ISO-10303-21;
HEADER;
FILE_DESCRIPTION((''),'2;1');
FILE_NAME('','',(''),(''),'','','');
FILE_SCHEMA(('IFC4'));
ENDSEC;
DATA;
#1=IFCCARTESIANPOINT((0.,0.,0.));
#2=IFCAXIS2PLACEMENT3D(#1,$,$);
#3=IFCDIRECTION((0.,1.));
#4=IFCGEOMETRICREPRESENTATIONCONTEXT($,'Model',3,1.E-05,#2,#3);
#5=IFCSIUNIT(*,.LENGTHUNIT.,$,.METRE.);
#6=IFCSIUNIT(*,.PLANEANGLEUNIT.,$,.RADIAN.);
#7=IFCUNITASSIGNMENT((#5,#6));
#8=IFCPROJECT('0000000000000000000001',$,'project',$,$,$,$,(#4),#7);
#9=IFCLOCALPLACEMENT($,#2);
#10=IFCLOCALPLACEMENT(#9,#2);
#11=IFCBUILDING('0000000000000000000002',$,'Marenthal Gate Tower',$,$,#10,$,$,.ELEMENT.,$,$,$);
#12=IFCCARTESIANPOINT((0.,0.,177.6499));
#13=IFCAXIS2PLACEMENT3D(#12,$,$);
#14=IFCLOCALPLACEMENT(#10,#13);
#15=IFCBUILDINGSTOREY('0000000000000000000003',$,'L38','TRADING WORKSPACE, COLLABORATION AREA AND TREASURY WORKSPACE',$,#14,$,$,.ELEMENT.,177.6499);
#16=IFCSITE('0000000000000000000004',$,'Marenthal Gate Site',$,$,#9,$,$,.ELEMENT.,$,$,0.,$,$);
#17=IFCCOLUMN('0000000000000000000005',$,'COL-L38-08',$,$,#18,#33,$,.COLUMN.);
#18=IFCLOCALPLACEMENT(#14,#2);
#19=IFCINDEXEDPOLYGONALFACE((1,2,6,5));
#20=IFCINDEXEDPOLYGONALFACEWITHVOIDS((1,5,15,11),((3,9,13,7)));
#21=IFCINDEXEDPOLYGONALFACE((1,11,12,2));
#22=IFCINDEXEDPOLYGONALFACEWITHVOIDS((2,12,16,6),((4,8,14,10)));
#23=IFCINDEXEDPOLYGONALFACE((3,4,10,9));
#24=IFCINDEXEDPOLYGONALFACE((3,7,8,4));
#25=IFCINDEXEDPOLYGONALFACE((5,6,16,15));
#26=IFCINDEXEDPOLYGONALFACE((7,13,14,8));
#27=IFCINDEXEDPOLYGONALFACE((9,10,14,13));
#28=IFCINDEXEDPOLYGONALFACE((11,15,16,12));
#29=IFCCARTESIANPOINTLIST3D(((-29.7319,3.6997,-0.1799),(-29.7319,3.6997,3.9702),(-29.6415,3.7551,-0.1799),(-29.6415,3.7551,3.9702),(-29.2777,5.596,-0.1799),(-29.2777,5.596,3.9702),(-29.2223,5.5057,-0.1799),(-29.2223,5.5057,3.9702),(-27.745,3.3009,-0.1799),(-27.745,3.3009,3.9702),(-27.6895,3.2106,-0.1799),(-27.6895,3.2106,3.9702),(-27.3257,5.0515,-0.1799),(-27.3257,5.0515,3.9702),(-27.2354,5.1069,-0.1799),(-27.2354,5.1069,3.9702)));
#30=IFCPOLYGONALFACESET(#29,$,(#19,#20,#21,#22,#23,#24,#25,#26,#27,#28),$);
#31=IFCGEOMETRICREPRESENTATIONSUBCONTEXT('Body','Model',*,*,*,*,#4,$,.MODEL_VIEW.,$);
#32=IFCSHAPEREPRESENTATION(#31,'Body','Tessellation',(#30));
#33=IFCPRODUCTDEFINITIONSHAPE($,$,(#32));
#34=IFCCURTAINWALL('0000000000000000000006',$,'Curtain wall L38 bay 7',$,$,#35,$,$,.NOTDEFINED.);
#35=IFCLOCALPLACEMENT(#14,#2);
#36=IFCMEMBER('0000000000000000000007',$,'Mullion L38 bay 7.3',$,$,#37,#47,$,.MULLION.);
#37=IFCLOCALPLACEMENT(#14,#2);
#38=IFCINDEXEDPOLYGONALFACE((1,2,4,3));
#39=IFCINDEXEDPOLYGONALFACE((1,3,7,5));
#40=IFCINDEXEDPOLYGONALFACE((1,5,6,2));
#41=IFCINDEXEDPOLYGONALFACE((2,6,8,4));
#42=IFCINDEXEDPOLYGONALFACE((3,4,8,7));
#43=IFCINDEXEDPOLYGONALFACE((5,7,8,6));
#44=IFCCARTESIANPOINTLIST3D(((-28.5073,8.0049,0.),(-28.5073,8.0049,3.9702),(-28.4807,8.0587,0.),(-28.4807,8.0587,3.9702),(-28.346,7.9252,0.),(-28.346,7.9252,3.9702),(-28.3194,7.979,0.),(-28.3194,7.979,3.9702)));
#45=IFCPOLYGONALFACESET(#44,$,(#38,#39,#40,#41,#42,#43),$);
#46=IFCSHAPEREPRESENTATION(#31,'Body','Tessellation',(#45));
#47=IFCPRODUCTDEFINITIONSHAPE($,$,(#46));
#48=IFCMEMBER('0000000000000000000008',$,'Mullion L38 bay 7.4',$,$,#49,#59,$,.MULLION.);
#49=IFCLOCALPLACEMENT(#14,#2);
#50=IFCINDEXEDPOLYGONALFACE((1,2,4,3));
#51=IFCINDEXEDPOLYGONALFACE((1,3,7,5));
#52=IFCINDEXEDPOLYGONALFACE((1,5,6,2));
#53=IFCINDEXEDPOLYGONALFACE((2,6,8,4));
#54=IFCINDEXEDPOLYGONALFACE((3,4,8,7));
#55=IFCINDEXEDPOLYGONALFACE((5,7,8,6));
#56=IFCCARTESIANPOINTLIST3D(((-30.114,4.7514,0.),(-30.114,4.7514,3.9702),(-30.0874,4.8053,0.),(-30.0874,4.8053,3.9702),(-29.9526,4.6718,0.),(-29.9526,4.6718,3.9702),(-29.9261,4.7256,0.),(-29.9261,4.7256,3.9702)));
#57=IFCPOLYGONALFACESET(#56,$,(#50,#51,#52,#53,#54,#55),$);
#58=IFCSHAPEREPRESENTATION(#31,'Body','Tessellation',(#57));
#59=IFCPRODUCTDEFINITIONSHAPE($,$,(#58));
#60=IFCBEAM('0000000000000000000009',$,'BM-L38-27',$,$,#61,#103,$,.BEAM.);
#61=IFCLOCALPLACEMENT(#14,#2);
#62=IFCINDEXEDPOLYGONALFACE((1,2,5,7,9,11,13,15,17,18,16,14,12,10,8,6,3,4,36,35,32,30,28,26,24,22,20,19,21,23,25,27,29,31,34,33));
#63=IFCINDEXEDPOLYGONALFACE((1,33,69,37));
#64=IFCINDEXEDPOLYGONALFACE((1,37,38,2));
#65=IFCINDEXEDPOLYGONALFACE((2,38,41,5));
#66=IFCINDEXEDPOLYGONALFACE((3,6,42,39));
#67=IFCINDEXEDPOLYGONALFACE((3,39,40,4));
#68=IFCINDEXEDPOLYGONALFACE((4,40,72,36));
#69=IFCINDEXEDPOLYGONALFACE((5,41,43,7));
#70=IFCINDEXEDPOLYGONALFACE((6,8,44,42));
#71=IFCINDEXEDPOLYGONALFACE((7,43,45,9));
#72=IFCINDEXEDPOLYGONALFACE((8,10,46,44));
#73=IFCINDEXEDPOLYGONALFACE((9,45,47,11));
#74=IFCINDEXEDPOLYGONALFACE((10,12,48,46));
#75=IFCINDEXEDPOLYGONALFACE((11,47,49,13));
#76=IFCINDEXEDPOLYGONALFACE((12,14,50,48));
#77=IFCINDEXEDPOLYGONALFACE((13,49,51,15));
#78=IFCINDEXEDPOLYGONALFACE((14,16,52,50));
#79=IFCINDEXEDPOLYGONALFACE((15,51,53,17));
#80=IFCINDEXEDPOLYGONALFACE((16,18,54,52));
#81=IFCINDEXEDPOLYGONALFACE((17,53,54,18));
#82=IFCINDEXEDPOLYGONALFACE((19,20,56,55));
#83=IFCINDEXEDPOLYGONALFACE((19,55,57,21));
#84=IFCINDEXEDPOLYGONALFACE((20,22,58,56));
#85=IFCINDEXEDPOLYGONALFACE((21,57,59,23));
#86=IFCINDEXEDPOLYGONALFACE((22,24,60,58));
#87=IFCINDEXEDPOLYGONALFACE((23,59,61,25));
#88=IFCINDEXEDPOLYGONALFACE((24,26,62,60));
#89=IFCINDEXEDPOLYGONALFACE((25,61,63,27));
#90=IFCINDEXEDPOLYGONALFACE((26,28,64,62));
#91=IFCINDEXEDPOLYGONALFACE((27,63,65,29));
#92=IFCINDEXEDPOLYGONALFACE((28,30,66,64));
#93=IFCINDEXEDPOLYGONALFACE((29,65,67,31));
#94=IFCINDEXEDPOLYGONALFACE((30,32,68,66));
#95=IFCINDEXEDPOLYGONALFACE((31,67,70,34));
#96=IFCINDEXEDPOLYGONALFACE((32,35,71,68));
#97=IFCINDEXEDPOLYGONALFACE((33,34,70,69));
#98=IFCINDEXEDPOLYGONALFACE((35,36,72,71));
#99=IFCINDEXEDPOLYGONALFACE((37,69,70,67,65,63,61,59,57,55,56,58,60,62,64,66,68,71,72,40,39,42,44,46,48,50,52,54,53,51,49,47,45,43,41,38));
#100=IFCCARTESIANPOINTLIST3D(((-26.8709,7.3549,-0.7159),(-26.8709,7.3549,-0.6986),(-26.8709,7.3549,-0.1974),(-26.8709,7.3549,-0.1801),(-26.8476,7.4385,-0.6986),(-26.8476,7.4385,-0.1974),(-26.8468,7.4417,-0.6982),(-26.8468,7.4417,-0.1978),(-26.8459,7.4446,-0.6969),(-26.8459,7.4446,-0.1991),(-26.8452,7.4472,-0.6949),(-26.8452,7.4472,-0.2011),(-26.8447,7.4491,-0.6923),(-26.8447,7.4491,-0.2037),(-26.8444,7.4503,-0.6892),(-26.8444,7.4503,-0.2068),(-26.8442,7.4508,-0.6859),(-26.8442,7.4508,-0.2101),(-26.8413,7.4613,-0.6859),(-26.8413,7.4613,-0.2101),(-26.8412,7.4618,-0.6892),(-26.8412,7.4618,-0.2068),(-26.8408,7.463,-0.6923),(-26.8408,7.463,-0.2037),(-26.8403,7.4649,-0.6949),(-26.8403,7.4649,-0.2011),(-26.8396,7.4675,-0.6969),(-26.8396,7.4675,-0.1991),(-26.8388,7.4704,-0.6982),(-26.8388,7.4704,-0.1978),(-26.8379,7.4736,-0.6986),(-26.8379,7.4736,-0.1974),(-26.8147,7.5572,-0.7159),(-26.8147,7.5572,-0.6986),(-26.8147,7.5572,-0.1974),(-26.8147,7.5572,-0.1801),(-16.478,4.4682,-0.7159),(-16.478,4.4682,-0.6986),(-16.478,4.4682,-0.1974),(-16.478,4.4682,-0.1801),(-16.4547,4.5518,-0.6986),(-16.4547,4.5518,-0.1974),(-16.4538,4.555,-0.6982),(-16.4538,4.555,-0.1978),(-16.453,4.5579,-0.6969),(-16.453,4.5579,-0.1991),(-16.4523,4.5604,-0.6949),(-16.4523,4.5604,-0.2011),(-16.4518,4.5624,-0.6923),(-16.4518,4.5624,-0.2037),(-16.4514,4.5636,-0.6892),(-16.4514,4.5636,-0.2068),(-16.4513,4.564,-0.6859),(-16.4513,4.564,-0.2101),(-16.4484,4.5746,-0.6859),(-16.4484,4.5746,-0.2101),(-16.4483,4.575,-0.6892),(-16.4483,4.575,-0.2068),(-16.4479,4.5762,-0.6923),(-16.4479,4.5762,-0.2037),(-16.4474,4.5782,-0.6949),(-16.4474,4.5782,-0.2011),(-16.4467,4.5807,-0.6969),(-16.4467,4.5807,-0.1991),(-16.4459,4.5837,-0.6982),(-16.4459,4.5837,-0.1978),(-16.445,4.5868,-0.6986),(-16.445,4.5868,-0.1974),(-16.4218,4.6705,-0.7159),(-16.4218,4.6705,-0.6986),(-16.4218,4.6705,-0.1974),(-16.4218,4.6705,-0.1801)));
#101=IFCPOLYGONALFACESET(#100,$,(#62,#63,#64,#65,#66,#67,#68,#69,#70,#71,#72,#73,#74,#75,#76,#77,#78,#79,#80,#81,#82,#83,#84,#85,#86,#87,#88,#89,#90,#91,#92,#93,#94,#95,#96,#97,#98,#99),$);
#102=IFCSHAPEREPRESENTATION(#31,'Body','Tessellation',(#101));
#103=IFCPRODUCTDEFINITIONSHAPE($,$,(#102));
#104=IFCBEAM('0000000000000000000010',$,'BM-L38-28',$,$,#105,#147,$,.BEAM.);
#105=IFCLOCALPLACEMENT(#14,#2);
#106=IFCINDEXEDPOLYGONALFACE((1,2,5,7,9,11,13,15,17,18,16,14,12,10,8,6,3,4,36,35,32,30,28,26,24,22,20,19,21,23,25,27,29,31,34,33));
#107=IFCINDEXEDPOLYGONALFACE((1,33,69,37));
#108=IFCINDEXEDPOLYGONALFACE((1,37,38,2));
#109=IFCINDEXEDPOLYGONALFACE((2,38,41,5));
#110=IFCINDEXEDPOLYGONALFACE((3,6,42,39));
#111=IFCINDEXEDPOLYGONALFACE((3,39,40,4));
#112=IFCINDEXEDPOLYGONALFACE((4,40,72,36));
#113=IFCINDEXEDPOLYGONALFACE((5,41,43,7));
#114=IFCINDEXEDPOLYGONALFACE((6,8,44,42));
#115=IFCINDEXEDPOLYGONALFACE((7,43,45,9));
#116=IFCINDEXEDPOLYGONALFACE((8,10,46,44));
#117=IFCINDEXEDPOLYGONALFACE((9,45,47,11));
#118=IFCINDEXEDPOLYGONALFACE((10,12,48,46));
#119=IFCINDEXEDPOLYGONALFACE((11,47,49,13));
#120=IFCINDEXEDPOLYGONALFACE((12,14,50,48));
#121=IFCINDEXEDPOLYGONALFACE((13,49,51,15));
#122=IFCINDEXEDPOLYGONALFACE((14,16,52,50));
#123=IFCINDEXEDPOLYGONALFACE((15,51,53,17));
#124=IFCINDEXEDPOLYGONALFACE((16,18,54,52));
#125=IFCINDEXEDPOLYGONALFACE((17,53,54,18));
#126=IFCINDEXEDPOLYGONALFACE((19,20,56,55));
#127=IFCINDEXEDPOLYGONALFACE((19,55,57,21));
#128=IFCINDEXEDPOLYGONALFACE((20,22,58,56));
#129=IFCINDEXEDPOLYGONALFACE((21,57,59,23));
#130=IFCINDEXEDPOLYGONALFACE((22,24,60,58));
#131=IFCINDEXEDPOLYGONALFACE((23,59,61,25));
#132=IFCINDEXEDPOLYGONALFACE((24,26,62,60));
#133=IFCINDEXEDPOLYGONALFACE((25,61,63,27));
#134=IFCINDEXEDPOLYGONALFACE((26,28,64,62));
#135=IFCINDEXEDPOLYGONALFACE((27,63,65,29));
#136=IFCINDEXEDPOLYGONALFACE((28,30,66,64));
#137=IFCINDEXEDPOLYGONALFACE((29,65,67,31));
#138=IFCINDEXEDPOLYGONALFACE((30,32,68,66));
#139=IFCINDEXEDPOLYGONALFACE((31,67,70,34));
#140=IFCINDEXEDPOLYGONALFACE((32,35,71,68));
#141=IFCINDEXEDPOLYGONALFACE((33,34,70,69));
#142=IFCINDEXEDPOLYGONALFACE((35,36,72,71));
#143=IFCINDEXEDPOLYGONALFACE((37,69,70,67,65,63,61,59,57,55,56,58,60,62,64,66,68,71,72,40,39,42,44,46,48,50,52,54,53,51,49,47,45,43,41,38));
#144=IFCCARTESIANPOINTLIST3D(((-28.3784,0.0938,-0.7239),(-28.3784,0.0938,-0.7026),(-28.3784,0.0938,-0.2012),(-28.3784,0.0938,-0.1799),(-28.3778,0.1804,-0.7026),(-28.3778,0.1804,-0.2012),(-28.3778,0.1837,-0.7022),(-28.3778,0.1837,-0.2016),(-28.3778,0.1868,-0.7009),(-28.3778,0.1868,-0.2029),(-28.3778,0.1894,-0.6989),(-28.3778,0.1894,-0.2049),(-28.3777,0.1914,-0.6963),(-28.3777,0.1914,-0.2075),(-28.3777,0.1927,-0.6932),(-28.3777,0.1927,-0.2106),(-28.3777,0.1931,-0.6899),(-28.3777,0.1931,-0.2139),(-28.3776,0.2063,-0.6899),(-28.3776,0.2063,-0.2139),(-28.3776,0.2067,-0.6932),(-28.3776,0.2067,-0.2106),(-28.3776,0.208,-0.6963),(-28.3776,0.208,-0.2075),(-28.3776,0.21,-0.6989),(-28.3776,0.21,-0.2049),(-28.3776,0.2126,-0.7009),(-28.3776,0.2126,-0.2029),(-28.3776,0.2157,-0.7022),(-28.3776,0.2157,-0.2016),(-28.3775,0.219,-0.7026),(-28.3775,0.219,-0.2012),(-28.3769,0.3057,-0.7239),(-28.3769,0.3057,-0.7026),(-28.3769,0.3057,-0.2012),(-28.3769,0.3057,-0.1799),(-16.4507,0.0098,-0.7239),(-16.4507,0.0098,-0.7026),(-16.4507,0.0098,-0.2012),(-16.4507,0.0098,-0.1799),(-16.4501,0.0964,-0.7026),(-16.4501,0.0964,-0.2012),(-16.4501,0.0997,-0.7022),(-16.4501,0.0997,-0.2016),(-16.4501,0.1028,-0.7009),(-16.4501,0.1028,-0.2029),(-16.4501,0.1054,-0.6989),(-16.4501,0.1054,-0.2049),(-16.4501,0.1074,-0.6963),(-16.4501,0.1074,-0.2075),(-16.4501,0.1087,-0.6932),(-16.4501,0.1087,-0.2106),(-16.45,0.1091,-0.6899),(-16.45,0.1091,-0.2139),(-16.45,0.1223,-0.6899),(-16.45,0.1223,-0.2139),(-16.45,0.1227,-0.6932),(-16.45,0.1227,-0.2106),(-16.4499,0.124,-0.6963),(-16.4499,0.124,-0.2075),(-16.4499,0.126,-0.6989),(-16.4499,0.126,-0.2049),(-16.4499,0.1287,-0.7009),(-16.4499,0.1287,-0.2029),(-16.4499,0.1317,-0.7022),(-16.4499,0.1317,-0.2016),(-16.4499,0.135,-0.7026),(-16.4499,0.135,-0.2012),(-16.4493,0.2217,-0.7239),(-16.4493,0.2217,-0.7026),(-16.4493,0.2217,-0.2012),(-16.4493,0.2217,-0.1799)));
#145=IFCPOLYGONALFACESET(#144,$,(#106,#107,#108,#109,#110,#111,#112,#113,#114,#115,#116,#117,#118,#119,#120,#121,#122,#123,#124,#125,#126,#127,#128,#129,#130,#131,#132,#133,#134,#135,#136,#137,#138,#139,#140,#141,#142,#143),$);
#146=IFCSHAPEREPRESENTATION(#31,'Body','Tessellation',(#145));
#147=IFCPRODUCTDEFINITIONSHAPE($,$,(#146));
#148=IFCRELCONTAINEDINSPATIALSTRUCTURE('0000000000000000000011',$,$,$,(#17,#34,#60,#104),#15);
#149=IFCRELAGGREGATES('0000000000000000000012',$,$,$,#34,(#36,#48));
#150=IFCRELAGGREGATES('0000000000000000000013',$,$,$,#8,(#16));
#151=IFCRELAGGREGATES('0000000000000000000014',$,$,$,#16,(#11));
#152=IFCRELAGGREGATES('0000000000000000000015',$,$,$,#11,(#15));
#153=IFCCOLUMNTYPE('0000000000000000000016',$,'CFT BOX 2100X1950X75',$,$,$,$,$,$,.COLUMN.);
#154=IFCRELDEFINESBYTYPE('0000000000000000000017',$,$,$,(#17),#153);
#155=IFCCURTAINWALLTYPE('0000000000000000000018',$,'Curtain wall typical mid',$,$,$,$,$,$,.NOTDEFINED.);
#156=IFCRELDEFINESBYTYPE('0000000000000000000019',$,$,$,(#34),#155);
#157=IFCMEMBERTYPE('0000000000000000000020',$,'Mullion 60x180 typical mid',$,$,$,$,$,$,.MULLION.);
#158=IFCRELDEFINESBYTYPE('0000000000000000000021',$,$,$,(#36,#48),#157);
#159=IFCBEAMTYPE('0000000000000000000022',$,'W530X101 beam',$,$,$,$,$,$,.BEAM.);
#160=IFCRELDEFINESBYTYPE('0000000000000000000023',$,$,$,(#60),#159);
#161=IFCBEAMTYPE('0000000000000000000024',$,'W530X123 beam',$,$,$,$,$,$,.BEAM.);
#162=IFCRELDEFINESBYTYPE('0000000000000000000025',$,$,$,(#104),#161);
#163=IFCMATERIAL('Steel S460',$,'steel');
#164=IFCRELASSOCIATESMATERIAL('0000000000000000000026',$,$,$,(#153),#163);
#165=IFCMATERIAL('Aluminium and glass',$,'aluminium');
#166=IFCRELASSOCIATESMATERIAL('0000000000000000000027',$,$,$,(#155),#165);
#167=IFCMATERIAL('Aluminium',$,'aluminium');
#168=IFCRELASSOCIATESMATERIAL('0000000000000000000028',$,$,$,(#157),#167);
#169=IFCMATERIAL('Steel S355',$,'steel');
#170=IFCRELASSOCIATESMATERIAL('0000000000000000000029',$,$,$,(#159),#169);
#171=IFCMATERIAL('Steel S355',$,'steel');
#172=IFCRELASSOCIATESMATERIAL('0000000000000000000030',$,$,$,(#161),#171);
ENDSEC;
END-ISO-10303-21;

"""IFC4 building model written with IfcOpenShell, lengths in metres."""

from ifc_helpers import new_model, si_unit, direction, frame, origin, origin_2d, place, context, subcontext, project, spatial, rectangle, hollow_rectangle, i_section, extrude, material, material_profile, profile_set, type_object, element, aggregate, save


model = new_model("IFC4")

# Units and contexts
model_context = context("Model", 3, precision=1e-05, world=origin(), true_north=direction((0.0, 1.0)))
body_context = subcontext(model_context, "Body", "Model", "MODEL_VIEW")
ifc_project = project(units=[si_unit("LENGTHUNIT", "METRE"), si_unit("PLANEANGLEUNIT", "RADIAN")], contexts=[model_context])

# Site, building, storey
site_placement = place(None, origin())
site = spatial("IfcSite", under=ifc_project, at=site_placement, Name="Marenthal Gate Site", CompositionType="ELEMENT", RefElevation=0.0)
building_placement = place(site_placement, origin())
building = spatial("IfcBuilding", under=site, at=building_placement, Name="Marenthal Gate Tower", CompositionType="ELEMENT")
storey_placement = place(building_placement, frame((0.0, 0.0, 177.6499)))
storey = spatial("IfcBuildingStorey", under=building, at=storey_placement, Name="L38", Description="TRADING WORKSPACE, COLLABORATION AREA AND TREASURY WORKSPACE", CompositionType="ELEMENT", Elevation=177.6499)

# Column
ifc_material_1 = material(Name="Steel S460", Category="steel")
ifc_material_profile_1 = material_profile(ifc_material_1, hollow_rectangle(XDim=1.95, YDim=2.1001, WallThickness=0.075, at=origin_2d()), Name="CFT BOX 2100X1950X75")
ifc_material_2 = material(Name="Concrete 70 MPa", Category="concrete")
ifc_material_profile_2 = material_profile(ifc_material_2, rectangle(XDim=1.8, YDim=1.95, at=origin_2d()), Name="CFT BOX 2100X1950X75 INFILL")
ifc_profile_set_1 = profile_set([ifc_material_profile_1, ifc_material_profile_2], Name="Steel S460 shell, Concrete 70 MPa infill")
column_type = type_object("IfcColumnType", Name="CFT BOX 2100X1950X75", PredefinedType="COLUMN", material=ifc_profile_set_1)
column_placement = place(storey_placement, frame((-28.4836, 4.4033, -0.1799), z_axis=(0.0, 0.0, 1.0), x_axis=(0.232899, 0.972501, 0.0)))
element("IfcColumn", 1, at=column_placement, inside=storey, type_object=column_type, Name="COL-L38-08", PredefinedType="COLUMN", context=body_context, shape_type="SweptSolid", body=[
    extrude(hollow_rectangle(XDim=1.95, YDim=2.1001, WallThickness=0.075, at=origin_2d()), origin(), (0.0, 0.0, 1.0), 4.1501),
])

# Curtain wall, members
ifc_material_3 = material(Name="Aluminium and glass", Category="aluminium")
curtain_wall_type = type_object("IfcCurtainWallType", Name="Curtain wall typical mid", PredefinedType="NOTDEFINED", material=ifc_material_3)
curtain_wall_placement = place(storey_placement, origin())
curtain_wall = element("IfcCurtainWall", 2, at=curtain_wall_placement, inside=storey, type_object=curtain_wall_type, Name="Curtain wall L38 bay 7", PredefinedType="NOTDEFINED")
ifc_material_4 = material(Name="Aluminium", Category="aluminium")
ifc_material_profile_3 = material_profile(ifc_material_4, rectangle(XDim=0.1799, YDim=0.0601, at=origin_2d()), Name="60x180 aluminium mullion")
ifc_profile_set_2 = profile_set([ifc_material_profile_3], Name="Aluminium")
member_type = type_object("IfcMemberType", Name="Mullion 60x180 typical mid", PredefinedType="MULLION", material=ifc_profile_set_2)
member_1_placement = place(storey_placement, frame((-28.4133, 7.9919, 0.0), z_axis=(0.0, 0.0, 1.0), x_axis=(0.896643, -0.442753, 0.0)))
member_1 = element("IfcMember", 3, at=member_1_placement, type_object=member_type, Name="Mullion L38 bay 7.3", PredefinedType="MULLION", context=body_context, shape_type="SweptSolid", body=[
    extrude(rectangle(XDim=0.1799, YDim=0.0601, at=origin_2d()), origin(), (0.0, 0.0, 1.0), 3.9702),
])
member_2_placement = place(storey_placement, frame((-30.02, 4.7385, 0.0), z_axis=(0.0, 0.0, 1.0), x_axis=(0.896643, -0.442753, 0.0)))
member_2 = element("IfcMember", 4, at=member_2_placement, type_object=member_type, Name="Mullion L38 bay 7.4", PredefinedType="MULLION", context=body_context, shape_type="SweptSolid", body=[
    extrude(rectangle(XDim=0.1799, YDim=0.0601, at=origin_2d()), origin(), (0.0, 0.0, 1.0), 3.9702),
])

# Beams
ifc_material_5 = material(Name="Steel S355", Category="steel")
ifc_material_profile_4 = material_profile(ifc_material_5, i_section(OverallWidth=0.21, OverallDepth=0.5359, WebThickness=0.011, FlangeThickness=0.0173, FilletRadius=0.0127, at=origin_2d()), Name="W530X101")
ifc_profile_set_3 = profile_set([ifc_material_profile_4], Name="Steel S355")
beam_type_1 = type_object("IfcBeamType", Name="W530X101 beam", PredefinedType="BEAM", material=ifc_profile_set_3)
beam_1_placement = place(storey_placement, frame((-26.8428, 7.4561, -0.448), z_axis=(0.963522, -0.267629, 0.0), x_axis=(0.267629, 0.963522, 0.0)))
element("IfcBeam", 5, at=beam_1_placement, inside=storey, type_object=beam_type_1, Name="BM-L38-27", PredefinedType="BEAM", context=body_context, shape_type="SweptSolid", body=[
    extrude(i_section(OverallWidth=0.21, OverallDepth=0.5359, WebThickness=0.011, FlangeThickness=0.0173, FilletRadius=0.0127, at=origin_2d()), origin(), (0.0, 0.0, 1.0), 10.7864),
])
ifc_material_6 = material(Name="Steel S355", Category="steel")
ifc_material_profile_5 = material_profile(ifc_material_6, i_section(OverallWidth=0.2119, OverallDepth=0.5439, WebThickness=0.0132, FlangeThickness=0.0212, FilletRadius=0.0127, at=origin_2d()), Name="W530X123")
ifc_profile_set_4 = profile_set([ifc_material_profile_5], Name="Steel S355")
beam_type_2 = type_object("IfcBeamType", Name="W530X123 beam", PredefinedType="BEAM", material=ifc_profile_set_4)
beam_2_placement = place(storey_placement, frame((-28.3777, 0.1997, -0.4519), z_axis=(0.999975, -0.007041, 0.0), x_axis=(0.007041, 0.999975, 0.0)))
element("IfcBeam", 6, at=beam_2_placement, inside=storey, type_object=beam_type_2, Name="BM-L38-28", PredefinedType="BEAM", context=body_context, shape_type="SweptSolid", body=[
    extrude(i_section(OverallWidth=0.2119, OverallDepth=0.5439, WebThickness=0.0132, FlangeThickness=0.0212, FilletRadius=0.0127, at=origin_2d()), origin(), (0.0, 0.0, 1.0), 11.928),
])

aggregate(curtain_wall, [member_1, member_2])

save(model, "model.ifc")
